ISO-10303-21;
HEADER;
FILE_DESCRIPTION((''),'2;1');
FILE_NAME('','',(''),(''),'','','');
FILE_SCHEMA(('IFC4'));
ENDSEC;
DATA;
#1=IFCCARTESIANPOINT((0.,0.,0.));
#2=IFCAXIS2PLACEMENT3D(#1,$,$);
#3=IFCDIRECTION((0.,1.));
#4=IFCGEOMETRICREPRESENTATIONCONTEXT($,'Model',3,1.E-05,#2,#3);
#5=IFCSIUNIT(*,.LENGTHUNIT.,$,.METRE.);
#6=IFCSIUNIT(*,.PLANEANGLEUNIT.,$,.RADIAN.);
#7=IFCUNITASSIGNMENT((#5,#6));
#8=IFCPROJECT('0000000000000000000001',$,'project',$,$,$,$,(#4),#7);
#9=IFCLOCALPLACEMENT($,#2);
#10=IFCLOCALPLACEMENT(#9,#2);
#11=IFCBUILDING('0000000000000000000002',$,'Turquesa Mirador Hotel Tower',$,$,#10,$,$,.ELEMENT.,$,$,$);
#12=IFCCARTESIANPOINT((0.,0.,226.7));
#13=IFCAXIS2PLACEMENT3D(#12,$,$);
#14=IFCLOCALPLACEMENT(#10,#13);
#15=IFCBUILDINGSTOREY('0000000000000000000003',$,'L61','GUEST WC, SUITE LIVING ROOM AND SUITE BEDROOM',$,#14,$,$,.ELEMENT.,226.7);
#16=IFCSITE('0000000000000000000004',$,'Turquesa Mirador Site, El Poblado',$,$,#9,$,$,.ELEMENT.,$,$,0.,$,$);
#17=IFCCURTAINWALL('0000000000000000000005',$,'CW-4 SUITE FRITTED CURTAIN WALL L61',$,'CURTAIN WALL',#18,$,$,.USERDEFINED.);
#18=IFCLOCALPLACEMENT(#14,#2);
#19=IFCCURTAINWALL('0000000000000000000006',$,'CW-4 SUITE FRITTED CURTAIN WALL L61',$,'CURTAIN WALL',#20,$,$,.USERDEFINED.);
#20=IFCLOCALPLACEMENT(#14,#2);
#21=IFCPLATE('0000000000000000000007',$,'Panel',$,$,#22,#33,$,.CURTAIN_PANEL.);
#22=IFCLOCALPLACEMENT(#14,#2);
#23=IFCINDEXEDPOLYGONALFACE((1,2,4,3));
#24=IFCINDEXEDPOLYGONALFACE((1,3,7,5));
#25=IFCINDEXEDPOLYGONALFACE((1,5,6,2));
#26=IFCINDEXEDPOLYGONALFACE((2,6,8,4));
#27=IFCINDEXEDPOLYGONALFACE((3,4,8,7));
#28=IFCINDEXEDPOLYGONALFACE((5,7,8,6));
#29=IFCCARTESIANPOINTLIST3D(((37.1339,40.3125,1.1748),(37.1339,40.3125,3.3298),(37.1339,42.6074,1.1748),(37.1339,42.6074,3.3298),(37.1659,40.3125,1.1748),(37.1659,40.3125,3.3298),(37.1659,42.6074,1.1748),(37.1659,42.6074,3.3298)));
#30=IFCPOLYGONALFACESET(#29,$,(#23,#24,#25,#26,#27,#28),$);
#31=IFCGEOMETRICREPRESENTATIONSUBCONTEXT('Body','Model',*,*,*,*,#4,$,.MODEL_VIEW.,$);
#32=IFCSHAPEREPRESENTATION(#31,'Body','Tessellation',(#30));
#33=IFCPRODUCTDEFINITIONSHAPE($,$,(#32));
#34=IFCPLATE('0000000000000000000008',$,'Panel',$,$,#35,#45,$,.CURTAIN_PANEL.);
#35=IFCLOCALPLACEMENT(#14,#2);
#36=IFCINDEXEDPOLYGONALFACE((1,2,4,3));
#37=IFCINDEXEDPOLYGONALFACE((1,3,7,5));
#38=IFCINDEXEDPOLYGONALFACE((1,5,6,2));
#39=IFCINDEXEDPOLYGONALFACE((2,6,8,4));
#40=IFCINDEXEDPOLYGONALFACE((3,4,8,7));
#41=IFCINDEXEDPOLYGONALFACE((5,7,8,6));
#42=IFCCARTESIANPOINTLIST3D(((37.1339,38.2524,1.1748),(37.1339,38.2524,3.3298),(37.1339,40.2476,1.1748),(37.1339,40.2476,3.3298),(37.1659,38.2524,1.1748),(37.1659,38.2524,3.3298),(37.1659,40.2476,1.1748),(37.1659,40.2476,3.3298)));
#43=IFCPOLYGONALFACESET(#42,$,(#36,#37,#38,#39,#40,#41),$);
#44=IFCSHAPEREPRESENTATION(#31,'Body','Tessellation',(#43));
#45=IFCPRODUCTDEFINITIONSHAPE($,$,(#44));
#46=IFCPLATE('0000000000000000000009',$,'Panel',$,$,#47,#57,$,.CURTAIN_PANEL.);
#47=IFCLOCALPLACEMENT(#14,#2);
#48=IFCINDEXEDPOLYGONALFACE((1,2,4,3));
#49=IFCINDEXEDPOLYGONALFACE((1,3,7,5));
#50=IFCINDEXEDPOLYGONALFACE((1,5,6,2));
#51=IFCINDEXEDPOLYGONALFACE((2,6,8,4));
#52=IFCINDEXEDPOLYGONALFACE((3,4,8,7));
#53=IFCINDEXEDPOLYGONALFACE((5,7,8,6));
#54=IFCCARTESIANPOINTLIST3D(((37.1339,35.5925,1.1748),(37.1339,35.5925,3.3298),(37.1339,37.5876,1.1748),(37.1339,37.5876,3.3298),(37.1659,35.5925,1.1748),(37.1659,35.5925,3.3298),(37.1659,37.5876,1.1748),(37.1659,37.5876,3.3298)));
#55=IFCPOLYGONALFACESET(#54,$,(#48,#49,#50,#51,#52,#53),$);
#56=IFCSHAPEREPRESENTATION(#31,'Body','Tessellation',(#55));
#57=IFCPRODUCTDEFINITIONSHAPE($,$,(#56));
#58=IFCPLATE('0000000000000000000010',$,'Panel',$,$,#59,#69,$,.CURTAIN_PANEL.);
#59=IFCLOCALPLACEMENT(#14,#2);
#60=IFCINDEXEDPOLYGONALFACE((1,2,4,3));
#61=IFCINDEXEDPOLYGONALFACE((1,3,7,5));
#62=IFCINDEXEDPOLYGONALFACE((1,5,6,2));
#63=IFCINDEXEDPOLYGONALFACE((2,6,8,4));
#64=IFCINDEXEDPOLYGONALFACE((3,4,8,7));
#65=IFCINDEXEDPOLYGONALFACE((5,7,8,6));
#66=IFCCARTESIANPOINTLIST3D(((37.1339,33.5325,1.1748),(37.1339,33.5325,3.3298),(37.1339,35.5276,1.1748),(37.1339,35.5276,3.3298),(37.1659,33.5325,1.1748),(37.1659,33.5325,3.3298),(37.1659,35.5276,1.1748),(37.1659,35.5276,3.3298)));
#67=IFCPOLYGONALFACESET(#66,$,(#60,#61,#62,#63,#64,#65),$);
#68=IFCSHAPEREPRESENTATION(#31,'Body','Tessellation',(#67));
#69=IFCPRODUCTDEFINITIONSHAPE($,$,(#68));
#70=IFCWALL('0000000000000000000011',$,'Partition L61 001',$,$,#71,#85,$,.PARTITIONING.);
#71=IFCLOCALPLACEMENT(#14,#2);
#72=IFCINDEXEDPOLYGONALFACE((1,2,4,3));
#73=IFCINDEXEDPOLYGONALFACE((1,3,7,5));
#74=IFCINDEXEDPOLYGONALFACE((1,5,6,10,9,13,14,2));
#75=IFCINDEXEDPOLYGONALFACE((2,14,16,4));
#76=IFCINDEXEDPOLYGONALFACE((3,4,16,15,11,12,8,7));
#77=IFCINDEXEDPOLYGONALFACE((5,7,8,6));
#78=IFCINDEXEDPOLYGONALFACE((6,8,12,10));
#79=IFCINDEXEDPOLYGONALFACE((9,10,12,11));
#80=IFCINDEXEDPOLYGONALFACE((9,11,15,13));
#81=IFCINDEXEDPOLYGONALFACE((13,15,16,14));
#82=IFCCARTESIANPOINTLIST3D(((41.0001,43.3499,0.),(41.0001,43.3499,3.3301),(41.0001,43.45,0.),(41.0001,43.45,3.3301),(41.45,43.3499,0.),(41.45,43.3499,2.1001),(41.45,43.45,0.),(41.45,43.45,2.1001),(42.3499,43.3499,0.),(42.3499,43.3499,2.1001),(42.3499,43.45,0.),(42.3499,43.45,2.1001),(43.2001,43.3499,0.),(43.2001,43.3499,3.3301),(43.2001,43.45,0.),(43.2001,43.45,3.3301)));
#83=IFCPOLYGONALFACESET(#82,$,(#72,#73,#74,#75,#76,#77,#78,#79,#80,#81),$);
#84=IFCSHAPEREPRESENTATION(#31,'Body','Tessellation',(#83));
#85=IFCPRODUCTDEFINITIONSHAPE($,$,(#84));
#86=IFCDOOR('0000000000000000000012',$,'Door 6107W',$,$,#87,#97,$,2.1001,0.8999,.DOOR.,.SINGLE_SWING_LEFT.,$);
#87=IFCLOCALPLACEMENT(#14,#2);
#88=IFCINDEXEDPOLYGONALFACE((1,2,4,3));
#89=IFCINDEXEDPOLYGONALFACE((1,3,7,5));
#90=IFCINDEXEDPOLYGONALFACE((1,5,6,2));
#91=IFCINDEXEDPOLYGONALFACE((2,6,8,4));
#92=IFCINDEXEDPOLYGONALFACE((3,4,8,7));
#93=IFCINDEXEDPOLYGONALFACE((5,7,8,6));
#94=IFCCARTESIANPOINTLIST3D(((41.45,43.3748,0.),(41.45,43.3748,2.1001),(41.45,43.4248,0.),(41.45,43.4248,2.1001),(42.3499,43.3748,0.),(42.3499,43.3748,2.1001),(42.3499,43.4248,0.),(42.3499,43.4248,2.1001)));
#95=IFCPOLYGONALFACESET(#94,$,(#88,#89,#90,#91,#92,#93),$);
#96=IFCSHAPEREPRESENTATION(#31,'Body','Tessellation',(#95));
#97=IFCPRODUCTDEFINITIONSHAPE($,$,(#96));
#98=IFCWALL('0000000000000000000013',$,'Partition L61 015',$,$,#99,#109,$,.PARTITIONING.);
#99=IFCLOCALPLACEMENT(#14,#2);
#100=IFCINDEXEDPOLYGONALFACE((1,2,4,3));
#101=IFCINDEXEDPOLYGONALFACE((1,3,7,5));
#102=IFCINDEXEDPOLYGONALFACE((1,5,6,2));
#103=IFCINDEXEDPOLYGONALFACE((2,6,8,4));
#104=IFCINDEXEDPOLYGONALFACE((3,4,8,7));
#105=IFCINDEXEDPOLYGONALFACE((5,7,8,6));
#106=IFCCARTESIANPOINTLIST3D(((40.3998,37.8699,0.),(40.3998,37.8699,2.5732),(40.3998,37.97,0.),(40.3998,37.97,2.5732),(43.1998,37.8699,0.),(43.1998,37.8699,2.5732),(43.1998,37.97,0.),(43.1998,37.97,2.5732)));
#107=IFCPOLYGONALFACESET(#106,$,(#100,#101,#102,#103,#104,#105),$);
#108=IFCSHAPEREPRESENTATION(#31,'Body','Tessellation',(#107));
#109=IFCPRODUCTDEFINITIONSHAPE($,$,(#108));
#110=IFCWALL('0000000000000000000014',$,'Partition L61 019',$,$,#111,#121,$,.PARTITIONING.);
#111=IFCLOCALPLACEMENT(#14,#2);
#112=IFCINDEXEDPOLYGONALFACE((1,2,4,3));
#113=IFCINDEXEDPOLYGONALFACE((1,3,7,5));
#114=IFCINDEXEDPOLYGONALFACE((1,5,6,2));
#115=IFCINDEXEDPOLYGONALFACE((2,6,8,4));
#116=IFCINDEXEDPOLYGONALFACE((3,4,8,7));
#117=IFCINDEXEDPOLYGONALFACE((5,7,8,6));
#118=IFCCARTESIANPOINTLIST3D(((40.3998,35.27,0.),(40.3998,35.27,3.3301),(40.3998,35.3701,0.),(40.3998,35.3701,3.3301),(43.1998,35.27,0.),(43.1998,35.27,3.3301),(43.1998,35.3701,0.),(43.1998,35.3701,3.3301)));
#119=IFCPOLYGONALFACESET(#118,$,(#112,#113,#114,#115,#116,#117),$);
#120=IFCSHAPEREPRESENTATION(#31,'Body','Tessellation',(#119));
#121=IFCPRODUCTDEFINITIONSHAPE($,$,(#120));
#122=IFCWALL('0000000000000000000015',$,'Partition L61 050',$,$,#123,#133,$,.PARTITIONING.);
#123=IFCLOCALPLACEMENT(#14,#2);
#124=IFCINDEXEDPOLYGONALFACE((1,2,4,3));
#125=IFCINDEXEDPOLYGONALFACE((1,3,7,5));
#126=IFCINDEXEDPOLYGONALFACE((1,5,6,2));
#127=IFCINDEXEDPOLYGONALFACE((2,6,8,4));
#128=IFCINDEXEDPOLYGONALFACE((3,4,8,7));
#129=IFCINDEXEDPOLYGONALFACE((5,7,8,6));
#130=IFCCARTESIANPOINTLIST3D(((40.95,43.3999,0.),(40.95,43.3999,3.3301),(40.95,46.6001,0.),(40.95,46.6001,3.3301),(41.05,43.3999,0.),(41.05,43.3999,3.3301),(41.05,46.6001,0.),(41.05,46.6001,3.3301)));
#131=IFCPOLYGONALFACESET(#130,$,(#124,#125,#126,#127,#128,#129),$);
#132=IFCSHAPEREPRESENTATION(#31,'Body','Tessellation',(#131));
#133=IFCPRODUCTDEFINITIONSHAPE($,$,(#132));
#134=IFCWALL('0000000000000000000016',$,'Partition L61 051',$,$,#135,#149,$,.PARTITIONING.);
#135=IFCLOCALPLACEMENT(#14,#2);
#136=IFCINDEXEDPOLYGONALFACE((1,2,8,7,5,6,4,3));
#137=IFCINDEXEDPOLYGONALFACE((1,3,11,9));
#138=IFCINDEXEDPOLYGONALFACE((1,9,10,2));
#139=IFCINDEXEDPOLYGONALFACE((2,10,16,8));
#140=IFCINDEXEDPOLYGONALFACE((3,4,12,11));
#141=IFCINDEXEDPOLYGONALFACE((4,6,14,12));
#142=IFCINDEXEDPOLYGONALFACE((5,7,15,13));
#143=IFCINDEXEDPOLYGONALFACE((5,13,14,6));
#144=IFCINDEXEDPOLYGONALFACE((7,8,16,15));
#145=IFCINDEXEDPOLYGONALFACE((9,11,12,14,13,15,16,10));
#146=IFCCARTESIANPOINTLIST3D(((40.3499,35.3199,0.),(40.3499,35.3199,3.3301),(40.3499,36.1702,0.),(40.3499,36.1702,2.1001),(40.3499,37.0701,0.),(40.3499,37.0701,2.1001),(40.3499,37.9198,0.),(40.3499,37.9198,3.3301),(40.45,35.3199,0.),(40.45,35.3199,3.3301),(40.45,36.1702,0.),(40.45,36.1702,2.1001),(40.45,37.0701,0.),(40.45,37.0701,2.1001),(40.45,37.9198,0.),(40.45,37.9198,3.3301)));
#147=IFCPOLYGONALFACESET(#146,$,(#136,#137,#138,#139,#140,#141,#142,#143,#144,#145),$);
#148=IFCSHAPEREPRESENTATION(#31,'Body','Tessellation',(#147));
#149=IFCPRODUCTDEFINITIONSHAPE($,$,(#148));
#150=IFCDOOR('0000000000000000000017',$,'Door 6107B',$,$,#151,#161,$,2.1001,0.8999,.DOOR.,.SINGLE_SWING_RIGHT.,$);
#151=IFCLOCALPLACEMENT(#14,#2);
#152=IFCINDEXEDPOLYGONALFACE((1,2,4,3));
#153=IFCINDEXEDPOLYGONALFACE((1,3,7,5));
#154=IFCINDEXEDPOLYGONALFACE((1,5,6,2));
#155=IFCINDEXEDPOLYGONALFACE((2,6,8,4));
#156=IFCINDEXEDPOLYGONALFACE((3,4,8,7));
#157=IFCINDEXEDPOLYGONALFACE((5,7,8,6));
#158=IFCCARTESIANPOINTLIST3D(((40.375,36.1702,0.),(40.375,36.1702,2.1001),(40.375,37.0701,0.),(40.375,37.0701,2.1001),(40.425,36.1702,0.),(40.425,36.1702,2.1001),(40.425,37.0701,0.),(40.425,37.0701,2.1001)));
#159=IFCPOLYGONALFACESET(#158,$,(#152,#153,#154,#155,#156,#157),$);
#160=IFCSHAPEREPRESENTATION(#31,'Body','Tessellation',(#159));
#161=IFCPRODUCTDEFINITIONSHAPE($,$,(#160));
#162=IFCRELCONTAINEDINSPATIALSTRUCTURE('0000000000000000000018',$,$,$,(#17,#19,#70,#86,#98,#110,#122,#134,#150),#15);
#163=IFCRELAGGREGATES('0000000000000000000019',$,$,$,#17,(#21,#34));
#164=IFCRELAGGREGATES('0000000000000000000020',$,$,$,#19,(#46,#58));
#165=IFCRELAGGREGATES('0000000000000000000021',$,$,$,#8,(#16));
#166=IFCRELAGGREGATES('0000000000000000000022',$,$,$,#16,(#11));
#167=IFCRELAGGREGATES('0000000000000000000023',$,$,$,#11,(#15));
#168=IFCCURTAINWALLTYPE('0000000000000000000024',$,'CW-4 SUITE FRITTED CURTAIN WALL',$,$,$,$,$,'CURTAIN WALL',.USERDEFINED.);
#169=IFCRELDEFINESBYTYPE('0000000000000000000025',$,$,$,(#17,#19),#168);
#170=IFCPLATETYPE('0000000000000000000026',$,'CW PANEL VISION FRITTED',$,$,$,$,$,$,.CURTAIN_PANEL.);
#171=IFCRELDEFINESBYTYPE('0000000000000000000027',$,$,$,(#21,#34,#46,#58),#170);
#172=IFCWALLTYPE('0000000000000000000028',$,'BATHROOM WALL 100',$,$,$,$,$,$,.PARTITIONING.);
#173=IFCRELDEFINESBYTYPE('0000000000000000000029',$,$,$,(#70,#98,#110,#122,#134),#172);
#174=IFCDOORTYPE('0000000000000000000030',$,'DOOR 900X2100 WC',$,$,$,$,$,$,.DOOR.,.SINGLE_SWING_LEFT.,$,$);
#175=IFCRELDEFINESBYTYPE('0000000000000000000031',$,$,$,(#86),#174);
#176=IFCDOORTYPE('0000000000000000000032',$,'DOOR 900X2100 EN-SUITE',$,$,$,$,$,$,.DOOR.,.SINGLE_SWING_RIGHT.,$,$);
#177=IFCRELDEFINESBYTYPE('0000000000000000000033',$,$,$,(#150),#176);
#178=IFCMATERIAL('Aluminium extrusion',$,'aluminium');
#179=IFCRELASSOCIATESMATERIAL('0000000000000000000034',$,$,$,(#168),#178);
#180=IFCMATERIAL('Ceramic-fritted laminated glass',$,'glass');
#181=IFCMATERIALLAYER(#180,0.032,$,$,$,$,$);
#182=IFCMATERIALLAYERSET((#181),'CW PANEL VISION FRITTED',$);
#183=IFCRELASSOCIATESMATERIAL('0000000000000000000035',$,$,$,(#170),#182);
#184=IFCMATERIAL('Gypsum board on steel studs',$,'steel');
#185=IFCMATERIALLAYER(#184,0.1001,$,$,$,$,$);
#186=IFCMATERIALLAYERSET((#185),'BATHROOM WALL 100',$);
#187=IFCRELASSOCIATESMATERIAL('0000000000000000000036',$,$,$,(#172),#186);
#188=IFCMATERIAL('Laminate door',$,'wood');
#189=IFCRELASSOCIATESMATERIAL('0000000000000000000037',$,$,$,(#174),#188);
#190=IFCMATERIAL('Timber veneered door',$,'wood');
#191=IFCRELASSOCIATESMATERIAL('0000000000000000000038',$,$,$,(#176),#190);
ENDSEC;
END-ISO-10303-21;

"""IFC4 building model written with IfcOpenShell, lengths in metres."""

from ifc_helpers import new_model, si_unit, direction, frame, frame_2d, origin, origin_2d, place, context, subcontext, project, spatial, rectangle, extrude, material, layer, layer_set, type_object, element, fill, aggregate, save


model = new_model("IFC4")

# Units and contexts
model_context = context("Model", 3, precision=1e-05, world=origin(), true_north=direction((0.0, 1.0)))
body_context = subcontext(model_context, "Body", "Model", "MODEL_VIEW")
ifc_project = project(units=[si_unit("LENGTHUNIT", "METRE"), si_unit("PLANEANGLEUNIT", "RADIAN")], contexts=[model_context])

# Site, building, storey
site_placement = place(None, origin())
site = spatial("IfcSite", under=ifc_project, at=site_placement, Name="Turquesa Mirador Site, El Poblado", CompositionType="ELEMENT", RefElevation=0.0)
building_placement = place(site_placement, origin())
building = spatial("IfcBuilding", under=site, at=building_placement, Name="Turquesa Mirador Hotel Tower", CompositionType="ELEMENT")
storey_placement = place(building_placement, frame((0.0, 0.0, 226.7)))
storey = spatial("IfcBuildingStorey", under=building, at=storey_placement, Name="L61", Description="GUEST WC, SUITE LIVING ROOM AND SUITE BEDROOM", CompositionType="ELEMENT", Elevation=226.7)

# Curtain walls
ifc_material_1 = material(Name="Aluminium extrusion", Category="aluminium")
curtain_wall_type = type_object("IfcCurtainWallType", Name="CW-4 SUITE FRITTED CURTAIN WALL", ElementType="CURTAIN WALL", PredefinedType="USERDEFINED", material=ifc_material_1)
curtain_wall_1_placement = place(storey_placement, origin())
curtain_wall_1 = element("IfcCurtainWall", 1, at=curtain_wall_1_placement, inside=storey, type_object=curtain_wall_type, Name="CW-4 SUITE FRITTED CURTAIN WALL L61", ObjectType="CURTAIN WALL", PredefinedType="USERDEFINED")
curtain_wall_2_placement = place(storey_placement, origin())
curtain_wall_2 = element("IfcCurtainWall", 2, at=curtain_wall_2_placement, inside=storey, type_object=curtain_wall_type, Name="CW-4 SUITE FRITTED CURTAIN WALL L61", ObjectType="CURTAIN WALL", PredefinedType="USERDEFINED")

# Plates
ifc_material_2 = material(Name="Ceramic-fritted laminated glass", Category="glass")
ifc_layer_1 = layer(ifc_material_2, 0.032)
ifc_layer_set_1 = layer_set([ifc_layer_1], Name="CW PANEL VISION FRITTED")
plate_type_1 = type_object("IfcPlateType", Name="CW PANEL VISION FRITTED", PredefinedType="CURTAIN_PANEL", material=ifc_layer_set_1)
plate_1_placement = place(storey_placement, frame((37.1499, 41.46, 1.1748), z_axis=(0.0, 0.0, 1.0), x_axis=(0.0, -1.0, 0.0)))
plate_1 = element("IfcPlate", 3, at=plate_1_placement, type_object=plate_type_1, Name="Panel", PredefinedType="CURTAIN_PANEL", context=body_context, shape_type="SweptSolid", body=[
    extrude(rectangle(XDim=2.2949, YDim=0.032, at=origin_2d()), origin(), (0.0, 0.0, 1.0), 2.155),
])
plate_2_placement = place(storey_placement, frame((37.1499, 39.25, 1.1748), z_axis=(0.0, 0.0, 1.0), x_axis=(0.0, -1.0, 0.0)))
plate_2 = element("IfcPlate", 4, at=plate_2_placement, type_object=plate_type_1, Name="Panel", PredefinedType="CURTAIN_PANEL", context=body_context, shape_type="SweptSolid", body=[
    extrude(rectangle(XDim=1.9951, YDim=0.032, at=origin_2d()), origin(), (0.0, 0.0, 1.0), 2.155),
])
aggregate(curtain_wall_1, [plate_1, plate_2])
plate_3_placement = place(storey_placement, frame((37.1499, 36.5901, 1.1748), z_axis=(0.0, 0.0, 1.0), x_axis=(0.0, -1.0, 0.0)))
plate_3 = element("IfcPlate", 5, at=plate_3_placement, type_object=plate_type_1, Name="Panel", PredefinedType="CURTAIN_PANEL", context=body_context, shape_type="SweptSolid", body=[
    extrude(rectangle(XDim=1.9951, YDim=0.032, at=origin_2d()), origin(), (0.0, 0.0, 1.0), 2.155),
])
plate_4_placement = place(storey_placement, frame((37.1499, 34.53, 1.1748), z_axis=(0.0, 0.0, 1.0), x_axis=(0.0, -1.0, 0.0)))
plate_4 = element("IfcPlate", 6, at=plate_4_placement, type_object=plate_type_1, Name="Panel", PredefinedType="CURTAIN_PANEL", context=body_context, shape_type="SweptSolid", body=[
    extrude(rectangle(XDim=1.9951, YDim=0.032, at=origin_2d()), origin(), (0.0, 0.0, 1.0), 2.155),
])
aggregate(curtain_wall_2, [plate_3, plate_4])

# Wall, opening, door
ifc_material_3 = material(Name="Gypsum board on steel studs", Category="steel")
ifc_layer_2 = layer(ifc_material_3, 0.1001)
ifc_layer_set_2 = layer_set([ifc_layer_2], Name="BATHROOM WALL 100")
wall_type_1 = type_object("IfcWallType", Name="BATHROOM WALL 100", PredefinedType="PARTITIONING", material=ifc_layer_set_2)
wall_1_placement = place(storey_placement, frame((41.0, 43.3999, 0.0), z_axis=(0.0, 0.0, 1.0), x_axis=(1.0, 0.0, 0.0)))
wall_1 = element("IfcWall", 7, at=wall_1_placement, inside=storey, type_object=wall_type_1, Name="Partition L61 001", PredefinedType="PARTITIONING", context=body_context, shape_type="SweptSolid", body=[
    extrude(rectangle(XDim=2.2, YDim=0.1001, at=frame_2d((1.1001, 0.0))), origin(), (0.0, 0.0, 1.0), 3.3301),
])
opening_1_placement = place(wall_1_placement, frame((0.45, 0.0, 0.0)))
opening_1 = element("IfcOpeningElement", 8, at=opening_1_placement, cuts=wall_1, PredefinedType="OPENING", context=body_context, shape_type="SweptSolid", body=[
    extrude(rectangle(XDim=0.8999, YDim=2.1001, at=frame_2d((0.45, 1.05))), frame((0.0, 0.0601, 0.0), z_axis=(0.0, -1.0, 0.0), x_axis=(1.0, 0.0, 0.0)), (0.0, 0.0, 1.0), 0.1201),
])
ifc_material_4 = material(Name="Laminate door", Category="wood")
door_type_1 = type_object("IfcDoorType", Name="DOOR 900X2100 WC", OperationType="SINGLE_SWING_LEFT", PredefinedType="DOOR", material=ifc_material_4)
door_1_placement = place(opening_1_placement, origin())
door_1 = element("IfcDoor", 9, at=door_1_placement, inside=storey, type_object=door_type_1, Name="Door 6107W", OperationType="SINGLE_SWING_LEFT", OverallHeight=2.1001, OverallWidth=0.8999, PredefinedType="DOOR", context=body_context, shape_type="SweptSolid", body=[
    extrude(rectangle(XDim=0.8999, YDim=2.1001, at=frame_2d((0.45, 1.05))), frame((0.0, 0.0249, 0.0), z_axis=(0.0, -1.0, 0.0), x_axis=(1.0, 0.0, 0.0)), (0.0, 0.0, 1.0), 0.05),
])
fill(opening_1, door_1)

# Walls
wall_2_placement = place(storey_placement, frame((40.3999, 37.9199, 0.0), z_axis=(0.0, 0.0, 1.0), x_axis=(1.0, 0.0, 0.0)))
element("IfcWall", 10, at=wall_2_placement, inside=storey, type_object=wall_type_1, Name="Partition L61 015", PredefinedType="PARTITIONING", context=body_context, shape_type="SweptSolid", body=[
    extrude(rectangle(XDim=2.8, YDim=0.1001, at=frame_2d((1.3999, 0.0))), origin(), (0.0, 0.0, 1.0), 2.5732),
])
wall_3_placement = place(storey_placement, frame((40.3999, 35.3201, 0.0), z_axis=(0.0, 0.0, 1.0), x_axis=(1.0, 0.0, 0.0)))
element("IfcWall", 11, at=wall_3_placement, inside=storey, type_object=wall_type_1, Name="Partition L61 019", PredefinedType="PARTITIONING", context=body_context, shape_type="SweptSolid", body=[
    extrude(rectangle(XDim=2.8, YDim=0.1001, at=frame_2d((1.3999, 0.0))), origin(), (0.0, 0.0, 1.0), 3.3301),
])
wall_4_placement = place(storey_placement, frame((41.0, 43.3999, 0.0), z_axis=(0.0, 0.0, 1.0), x_axis=(0.0, 1.0, 0.0)))
element("IfcWall", 12, at=wall_4_placement, inside=storey, type_object=wall_type_1, Name="Partition L61 050", PredefinedType="PARTITIONING", context=body_context, shape_type="SweptSolid", body=[
    extrude(rectangle(XDim=3.2002, YDim=0.1001, at=frame_2d((1.6001, 0.0))), origin(), (0.0, 0.0, 1.0), 3.3301),
])

# Wall, opening, door
wall_5_placement = place(storey_placement, frame((40.3999, 35.3201, 0.0), z_axis=(0.0, 0.0, 1.0), x_axis=(0.0, 1.0, 0.0)))
wall_5 = element("IfcWall", 13, at=wall_5_placement, inside=storey, type_object=wall_type_1, Name="Partition L61 051", PredefinedType="PARTITIONING", context=body_context, shape_type="SweptSolid", body=[
    extrude(rectangle(XDim=2.5999, YDim=0.1001, at=frame_2d((1.2998, 0.0))), origin(), (0.0, 0.0, 1.0), 3.3301),
])
opening_2_placement = place(wall_5_placement, frame((0.8501, 0.0, 0.0)))
opening_2 = element("IfcOpeningElement", 14, at=opening_2_placement, cuts=wall_5, PredefinedType="OPENING", context=body_context, shape_type="SweptSolid", body=[
    extrude(rectangle(XDim=0.8999, YDim=2.1001, at=frame_2d((0.45, 1.05))), frame((0.0, 0.0601, 0.0), z_axis=(0.0, -1.0, 0.0), x_axis=(1.0, 0.0, 0.0)), (0.0, 0.0, 1.0), 0.1201),
])
ifc_material_5 = material(Name="Timber veneered door", Category="wood")
door_type_2 = type_object("IfcDoorType", Name="DOOR 900X2100 EN-SUITE", OperationType="SINGLE_SWING_RIGHT", PredefinedType="DOOR", material=ifc_material_5)
door_2_placement = place(opening_2_placement, origin())
door_2 = element("IfcDoor", 15, at=door_2_placement, inside=storey, type_object=door_type_2, Name="Door 6107B", OperationType="SINGLE_SWING_RIGHT", OverallHeight=2.1001, OverallWidth=0.8999, PredefinedType="DOOR", context=body_context, shape_type="SweptSolid", body=[
    extrude(rectangle(XDim=0.8999, YDim=2.1001, at=frame_2d((0.45, 1.05))), frame((0.0, 0.0249, 0.0), z_axis=(0.0, -1.0, 0.0), x_axis=(1.0, 0.0, 0.0)), (0.0, 0.0, 1.0), 0.05),
])
fill(opening_2, door_2)

save(model, "model.ifc")
